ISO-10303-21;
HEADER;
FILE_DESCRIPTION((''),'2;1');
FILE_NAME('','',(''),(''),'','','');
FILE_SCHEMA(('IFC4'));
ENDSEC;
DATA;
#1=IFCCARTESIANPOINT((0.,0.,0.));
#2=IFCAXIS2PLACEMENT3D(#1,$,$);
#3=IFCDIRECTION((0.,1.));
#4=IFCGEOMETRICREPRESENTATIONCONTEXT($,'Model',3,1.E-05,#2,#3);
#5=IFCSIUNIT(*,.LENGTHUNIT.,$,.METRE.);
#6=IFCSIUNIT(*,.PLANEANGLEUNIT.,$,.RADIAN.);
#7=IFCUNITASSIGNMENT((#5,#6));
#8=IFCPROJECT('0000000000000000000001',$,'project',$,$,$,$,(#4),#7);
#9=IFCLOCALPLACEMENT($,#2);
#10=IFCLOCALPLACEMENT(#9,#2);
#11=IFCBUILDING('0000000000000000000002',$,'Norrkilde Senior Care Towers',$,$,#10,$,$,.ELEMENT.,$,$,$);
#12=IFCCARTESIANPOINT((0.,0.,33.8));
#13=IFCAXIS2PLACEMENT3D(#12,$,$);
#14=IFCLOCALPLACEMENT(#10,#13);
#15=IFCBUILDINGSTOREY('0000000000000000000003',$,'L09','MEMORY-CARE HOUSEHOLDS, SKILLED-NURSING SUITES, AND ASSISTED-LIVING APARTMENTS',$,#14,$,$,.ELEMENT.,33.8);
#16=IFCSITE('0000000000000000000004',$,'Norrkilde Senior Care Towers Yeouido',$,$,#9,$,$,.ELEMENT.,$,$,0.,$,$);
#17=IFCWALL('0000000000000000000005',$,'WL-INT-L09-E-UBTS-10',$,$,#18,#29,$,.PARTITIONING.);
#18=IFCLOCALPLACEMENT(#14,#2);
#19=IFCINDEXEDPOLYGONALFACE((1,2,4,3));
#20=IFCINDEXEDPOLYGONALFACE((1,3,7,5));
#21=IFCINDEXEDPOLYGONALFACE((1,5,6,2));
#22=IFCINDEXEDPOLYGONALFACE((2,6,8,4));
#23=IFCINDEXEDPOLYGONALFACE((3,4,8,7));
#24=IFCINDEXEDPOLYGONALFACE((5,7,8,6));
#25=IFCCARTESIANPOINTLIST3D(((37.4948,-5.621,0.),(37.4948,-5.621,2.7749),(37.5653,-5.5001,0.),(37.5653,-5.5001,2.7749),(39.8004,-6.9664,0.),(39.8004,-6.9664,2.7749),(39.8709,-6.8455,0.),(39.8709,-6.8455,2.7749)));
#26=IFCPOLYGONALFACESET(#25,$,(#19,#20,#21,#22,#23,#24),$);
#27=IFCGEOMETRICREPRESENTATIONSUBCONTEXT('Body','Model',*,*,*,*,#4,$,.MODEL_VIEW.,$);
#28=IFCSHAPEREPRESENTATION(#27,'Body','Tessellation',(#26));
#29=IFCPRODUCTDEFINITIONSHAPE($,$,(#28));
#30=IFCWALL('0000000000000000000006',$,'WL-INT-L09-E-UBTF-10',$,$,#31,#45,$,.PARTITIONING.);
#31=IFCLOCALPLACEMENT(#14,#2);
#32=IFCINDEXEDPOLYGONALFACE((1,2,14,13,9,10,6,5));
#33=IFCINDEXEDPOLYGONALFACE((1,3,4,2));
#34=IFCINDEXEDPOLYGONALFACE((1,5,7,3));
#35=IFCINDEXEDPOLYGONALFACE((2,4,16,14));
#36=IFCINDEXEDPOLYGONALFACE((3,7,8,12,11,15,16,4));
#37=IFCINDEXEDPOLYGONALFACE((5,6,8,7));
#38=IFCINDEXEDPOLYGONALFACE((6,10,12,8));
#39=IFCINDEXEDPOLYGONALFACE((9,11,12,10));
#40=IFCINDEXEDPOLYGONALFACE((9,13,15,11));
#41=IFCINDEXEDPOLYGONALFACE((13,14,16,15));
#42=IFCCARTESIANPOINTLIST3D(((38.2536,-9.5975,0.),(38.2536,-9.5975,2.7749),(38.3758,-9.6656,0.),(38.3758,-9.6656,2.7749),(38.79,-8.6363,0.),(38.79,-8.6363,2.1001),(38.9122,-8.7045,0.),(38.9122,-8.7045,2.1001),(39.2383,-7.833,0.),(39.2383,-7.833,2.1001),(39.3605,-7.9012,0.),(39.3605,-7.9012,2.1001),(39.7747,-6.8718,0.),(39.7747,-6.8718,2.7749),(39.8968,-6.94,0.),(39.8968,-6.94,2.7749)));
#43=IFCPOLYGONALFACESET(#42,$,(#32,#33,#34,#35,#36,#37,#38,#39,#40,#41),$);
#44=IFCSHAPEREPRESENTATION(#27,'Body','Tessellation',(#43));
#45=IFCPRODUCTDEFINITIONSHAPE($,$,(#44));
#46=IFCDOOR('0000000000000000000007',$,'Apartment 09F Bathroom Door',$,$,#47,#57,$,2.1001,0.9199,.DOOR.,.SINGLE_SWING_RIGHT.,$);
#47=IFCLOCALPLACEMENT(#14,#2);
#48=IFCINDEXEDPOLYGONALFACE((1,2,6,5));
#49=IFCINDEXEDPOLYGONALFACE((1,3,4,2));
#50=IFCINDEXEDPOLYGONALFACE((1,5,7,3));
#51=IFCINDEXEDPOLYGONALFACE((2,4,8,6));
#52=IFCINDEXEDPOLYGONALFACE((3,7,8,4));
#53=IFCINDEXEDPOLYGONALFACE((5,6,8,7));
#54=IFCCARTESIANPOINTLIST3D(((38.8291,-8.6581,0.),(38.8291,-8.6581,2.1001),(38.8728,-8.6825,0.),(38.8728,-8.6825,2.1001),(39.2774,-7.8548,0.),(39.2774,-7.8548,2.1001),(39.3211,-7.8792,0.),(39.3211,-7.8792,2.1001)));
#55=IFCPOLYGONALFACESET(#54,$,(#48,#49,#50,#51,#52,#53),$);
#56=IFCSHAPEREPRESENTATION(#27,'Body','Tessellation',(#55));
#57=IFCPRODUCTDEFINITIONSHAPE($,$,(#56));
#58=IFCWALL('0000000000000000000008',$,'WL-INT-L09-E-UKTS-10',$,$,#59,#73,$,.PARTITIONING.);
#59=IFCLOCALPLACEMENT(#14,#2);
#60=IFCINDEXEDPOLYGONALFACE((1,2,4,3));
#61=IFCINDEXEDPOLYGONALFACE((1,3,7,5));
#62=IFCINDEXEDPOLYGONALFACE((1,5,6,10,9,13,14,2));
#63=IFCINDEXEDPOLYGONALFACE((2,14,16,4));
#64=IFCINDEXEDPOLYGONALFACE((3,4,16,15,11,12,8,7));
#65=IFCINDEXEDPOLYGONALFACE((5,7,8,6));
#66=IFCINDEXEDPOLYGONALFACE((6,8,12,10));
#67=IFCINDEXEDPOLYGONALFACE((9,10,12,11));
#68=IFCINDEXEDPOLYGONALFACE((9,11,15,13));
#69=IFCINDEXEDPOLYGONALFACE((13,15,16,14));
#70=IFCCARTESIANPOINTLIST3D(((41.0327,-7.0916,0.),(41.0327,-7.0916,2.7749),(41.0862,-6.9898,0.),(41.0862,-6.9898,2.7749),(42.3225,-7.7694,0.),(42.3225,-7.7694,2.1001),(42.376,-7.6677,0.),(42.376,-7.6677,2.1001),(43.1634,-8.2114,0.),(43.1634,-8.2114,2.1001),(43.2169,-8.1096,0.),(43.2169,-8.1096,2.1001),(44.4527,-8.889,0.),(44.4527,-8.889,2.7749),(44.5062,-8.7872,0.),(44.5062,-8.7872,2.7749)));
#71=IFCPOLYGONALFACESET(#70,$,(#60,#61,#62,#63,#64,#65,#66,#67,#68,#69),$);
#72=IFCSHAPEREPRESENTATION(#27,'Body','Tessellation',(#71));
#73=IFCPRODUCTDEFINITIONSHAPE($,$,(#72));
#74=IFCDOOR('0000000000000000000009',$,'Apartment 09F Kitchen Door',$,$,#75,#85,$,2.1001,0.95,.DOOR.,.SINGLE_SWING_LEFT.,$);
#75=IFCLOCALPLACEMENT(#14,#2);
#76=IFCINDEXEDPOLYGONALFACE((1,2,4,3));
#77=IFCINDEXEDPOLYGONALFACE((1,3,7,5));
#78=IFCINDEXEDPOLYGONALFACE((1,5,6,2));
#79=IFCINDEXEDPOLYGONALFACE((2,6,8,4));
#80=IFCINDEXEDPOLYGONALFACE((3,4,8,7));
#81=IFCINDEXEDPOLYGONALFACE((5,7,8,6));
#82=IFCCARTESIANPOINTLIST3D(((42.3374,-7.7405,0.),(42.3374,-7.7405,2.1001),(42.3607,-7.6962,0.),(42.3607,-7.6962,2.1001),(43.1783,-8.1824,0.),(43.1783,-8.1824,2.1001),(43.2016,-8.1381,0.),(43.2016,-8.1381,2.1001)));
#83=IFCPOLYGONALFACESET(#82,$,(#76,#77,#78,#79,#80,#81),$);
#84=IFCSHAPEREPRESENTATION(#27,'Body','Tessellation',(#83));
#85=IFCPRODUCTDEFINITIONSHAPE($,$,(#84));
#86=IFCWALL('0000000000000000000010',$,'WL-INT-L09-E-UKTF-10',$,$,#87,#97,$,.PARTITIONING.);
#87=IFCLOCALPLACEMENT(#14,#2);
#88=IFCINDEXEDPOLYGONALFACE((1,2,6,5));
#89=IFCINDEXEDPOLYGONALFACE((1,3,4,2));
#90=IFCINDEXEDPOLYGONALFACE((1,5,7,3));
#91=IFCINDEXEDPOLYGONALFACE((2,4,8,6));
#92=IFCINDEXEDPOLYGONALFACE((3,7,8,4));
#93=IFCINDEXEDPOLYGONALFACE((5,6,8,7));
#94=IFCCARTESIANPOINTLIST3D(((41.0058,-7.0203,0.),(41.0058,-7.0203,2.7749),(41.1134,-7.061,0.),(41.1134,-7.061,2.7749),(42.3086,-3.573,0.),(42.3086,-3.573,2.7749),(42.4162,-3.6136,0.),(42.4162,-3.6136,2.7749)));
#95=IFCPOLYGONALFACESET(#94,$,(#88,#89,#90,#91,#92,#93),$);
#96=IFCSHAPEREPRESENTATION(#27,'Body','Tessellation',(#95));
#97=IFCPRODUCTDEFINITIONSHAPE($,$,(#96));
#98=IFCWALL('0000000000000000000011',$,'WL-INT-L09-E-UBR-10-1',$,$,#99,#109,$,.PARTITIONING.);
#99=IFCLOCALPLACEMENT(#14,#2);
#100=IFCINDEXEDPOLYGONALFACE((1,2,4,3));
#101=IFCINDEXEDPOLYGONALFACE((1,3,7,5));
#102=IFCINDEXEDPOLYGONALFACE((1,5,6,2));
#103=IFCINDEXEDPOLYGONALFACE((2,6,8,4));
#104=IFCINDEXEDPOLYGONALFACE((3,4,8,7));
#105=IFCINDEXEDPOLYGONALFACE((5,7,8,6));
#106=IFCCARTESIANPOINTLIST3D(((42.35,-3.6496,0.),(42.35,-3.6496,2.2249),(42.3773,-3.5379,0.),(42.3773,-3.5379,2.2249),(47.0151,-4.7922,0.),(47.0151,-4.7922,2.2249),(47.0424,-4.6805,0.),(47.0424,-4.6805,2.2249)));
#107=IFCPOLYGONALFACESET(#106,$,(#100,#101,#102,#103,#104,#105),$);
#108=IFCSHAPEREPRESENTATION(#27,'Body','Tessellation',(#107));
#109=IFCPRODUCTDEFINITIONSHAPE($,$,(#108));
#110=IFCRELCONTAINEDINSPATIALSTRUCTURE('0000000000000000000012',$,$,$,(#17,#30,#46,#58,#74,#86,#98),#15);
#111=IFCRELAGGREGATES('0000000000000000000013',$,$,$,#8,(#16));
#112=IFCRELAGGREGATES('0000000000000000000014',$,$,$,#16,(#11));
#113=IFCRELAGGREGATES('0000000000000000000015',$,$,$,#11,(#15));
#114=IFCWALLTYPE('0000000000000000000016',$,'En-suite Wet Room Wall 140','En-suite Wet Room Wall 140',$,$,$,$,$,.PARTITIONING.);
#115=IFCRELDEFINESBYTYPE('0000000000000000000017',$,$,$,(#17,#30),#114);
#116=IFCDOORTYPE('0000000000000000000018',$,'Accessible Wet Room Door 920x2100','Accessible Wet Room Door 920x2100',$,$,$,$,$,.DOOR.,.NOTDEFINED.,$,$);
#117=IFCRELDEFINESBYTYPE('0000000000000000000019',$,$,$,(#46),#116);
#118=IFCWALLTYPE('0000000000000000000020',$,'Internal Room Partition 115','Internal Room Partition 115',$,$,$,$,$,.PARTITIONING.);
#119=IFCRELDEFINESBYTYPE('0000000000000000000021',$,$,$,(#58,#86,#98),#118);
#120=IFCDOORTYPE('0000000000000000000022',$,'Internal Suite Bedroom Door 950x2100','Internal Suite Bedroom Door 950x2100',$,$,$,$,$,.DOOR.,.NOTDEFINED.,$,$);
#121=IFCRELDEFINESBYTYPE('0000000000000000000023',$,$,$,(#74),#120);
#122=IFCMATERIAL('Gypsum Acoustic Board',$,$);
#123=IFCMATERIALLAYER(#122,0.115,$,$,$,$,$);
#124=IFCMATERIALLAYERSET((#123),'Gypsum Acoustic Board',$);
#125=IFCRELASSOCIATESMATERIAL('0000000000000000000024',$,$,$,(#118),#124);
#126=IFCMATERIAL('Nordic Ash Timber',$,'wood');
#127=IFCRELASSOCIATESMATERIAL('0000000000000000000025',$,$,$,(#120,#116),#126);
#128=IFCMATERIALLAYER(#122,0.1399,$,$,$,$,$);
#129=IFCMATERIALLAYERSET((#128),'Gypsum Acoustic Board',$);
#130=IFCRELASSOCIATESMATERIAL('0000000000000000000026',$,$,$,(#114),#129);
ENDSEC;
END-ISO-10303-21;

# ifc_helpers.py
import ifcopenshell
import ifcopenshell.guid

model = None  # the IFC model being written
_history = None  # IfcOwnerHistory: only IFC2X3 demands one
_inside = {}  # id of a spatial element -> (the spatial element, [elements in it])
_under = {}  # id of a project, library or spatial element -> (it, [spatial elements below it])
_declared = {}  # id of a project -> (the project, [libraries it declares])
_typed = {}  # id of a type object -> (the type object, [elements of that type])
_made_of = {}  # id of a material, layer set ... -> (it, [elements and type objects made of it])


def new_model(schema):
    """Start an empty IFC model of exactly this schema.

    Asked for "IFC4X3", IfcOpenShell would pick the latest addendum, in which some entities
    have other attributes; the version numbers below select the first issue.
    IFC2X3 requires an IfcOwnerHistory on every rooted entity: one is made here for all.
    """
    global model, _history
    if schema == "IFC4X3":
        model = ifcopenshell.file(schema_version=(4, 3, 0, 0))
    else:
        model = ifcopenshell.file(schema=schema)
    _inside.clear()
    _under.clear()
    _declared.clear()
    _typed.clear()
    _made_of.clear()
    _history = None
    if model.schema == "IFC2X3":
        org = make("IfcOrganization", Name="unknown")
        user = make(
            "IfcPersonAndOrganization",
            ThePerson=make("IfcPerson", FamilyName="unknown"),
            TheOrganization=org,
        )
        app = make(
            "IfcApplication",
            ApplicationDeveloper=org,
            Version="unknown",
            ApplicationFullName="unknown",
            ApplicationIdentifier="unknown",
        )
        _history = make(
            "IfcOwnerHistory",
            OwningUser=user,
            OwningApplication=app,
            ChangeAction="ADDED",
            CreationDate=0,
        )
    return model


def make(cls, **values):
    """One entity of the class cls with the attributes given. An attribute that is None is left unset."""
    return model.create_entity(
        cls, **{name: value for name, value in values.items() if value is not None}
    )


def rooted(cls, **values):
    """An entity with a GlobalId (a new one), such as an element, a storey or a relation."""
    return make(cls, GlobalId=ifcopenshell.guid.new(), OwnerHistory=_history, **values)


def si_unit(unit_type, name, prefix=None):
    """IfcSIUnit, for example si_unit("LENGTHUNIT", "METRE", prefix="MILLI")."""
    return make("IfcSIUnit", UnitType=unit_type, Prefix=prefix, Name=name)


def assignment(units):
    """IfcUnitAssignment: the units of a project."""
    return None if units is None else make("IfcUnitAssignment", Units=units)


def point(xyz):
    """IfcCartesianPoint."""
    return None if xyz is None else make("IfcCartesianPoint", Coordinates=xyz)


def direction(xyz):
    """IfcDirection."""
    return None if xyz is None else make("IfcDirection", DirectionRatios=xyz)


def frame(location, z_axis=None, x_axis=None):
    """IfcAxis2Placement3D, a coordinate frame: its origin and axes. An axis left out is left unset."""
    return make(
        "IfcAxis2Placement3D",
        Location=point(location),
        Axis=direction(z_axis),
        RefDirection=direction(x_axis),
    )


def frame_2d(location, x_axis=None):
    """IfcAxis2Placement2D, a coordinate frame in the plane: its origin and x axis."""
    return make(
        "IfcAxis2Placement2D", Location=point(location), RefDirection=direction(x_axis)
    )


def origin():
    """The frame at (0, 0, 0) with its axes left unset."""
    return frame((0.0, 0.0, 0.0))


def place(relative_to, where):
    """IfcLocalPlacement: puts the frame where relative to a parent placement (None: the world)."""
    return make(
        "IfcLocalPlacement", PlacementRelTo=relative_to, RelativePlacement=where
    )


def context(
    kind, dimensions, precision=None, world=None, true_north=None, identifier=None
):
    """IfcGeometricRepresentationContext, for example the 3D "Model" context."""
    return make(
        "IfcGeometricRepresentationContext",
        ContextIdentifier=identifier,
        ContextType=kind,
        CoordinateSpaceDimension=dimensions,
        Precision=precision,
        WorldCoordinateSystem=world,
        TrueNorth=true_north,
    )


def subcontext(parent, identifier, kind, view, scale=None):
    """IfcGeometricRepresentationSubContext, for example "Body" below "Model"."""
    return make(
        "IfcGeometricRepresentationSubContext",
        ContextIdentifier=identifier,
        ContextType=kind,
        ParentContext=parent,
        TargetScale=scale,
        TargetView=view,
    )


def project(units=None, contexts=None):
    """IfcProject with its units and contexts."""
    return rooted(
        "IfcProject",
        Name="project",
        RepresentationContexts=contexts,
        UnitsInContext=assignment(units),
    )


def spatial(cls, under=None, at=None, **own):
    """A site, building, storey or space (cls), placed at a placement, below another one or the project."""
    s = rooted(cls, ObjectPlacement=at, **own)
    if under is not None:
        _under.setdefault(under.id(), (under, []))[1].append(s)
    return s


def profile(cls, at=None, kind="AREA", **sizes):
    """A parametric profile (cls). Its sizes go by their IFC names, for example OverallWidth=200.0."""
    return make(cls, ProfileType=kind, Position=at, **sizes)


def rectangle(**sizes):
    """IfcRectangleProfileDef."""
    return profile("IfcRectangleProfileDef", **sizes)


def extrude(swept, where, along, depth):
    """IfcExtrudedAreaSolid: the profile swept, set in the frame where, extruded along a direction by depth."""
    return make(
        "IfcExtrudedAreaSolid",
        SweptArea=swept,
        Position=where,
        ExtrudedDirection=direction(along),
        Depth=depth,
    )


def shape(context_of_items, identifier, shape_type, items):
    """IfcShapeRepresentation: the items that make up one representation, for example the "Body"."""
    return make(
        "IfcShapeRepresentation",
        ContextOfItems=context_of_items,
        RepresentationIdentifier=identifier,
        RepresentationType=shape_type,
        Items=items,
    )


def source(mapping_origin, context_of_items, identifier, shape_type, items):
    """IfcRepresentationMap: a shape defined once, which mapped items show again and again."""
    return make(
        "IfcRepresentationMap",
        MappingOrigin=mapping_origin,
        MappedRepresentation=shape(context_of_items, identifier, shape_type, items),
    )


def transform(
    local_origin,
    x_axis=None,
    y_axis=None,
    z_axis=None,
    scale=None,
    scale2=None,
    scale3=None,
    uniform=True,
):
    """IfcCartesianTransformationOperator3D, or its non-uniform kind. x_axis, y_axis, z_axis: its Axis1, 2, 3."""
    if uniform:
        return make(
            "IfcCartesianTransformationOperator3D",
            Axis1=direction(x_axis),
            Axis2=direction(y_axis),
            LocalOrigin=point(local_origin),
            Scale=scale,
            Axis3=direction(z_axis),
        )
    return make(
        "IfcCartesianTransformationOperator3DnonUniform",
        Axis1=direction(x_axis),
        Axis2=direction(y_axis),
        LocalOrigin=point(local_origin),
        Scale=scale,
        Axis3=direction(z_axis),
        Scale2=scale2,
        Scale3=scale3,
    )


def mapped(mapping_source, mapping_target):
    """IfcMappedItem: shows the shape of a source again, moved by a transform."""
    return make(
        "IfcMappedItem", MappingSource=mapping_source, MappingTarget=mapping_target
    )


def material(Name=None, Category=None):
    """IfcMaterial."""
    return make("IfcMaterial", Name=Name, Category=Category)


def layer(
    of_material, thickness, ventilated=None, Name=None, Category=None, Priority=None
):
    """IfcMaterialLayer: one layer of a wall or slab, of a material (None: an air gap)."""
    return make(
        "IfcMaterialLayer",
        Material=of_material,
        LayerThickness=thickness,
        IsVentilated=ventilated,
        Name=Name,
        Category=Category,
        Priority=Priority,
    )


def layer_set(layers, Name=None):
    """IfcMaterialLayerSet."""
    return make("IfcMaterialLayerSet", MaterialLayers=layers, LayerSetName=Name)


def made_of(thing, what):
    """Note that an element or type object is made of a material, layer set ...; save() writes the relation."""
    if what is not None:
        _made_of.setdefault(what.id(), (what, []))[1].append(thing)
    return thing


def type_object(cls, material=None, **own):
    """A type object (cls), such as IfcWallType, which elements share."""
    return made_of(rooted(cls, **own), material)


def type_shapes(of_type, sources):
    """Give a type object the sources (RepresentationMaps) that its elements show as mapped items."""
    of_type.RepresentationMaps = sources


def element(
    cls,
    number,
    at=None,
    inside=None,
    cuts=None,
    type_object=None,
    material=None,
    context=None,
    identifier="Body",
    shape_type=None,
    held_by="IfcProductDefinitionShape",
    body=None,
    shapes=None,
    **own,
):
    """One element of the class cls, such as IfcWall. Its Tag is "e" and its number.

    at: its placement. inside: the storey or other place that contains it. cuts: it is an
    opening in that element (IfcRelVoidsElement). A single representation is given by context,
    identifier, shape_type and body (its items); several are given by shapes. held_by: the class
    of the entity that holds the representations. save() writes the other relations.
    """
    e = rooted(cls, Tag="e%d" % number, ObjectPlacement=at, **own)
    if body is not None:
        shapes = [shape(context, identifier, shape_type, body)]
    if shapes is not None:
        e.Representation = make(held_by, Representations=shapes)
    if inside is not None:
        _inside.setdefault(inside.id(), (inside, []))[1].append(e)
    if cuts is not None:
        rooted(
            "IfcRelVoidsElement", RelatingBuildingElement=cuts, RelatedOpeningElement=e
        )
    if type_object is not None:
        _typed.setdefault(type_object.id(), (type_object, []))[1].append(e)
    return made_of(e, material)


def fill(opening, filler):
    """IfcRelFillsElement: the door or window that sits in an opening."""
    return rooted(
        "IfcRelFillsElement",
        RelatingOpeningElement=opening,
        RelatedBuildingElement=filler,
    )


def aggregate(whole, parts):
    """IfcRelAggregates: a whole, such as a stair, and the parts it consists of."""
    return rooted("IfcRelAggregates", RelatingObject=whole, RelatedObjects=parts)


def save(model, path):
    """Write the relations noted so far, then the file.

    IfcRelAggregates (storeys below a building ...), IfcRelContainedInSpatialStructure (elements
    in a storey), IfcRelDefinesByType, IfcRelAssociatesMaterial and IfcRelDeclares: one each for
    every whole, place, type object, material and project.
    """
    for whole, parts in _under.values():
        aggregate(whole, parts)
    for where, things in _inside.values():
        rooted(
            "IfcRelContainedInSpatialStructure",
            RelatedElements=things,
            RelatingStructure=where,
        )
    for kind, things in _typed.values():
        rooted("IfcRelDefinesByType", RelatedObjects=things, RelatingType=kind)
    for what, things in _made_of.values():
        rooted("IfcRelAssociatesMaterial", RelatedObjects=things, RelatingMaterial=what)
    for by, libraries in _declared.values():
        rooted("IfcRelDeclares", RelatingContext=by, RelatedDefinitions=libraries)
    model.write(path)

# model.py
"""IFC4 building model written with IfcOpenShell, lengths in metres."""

from ifc_helpers import new_model, si_unit, direction, frame, frame_2d, origin, place, context, subcontext, project, spatial, rectangle, extrude, source, transform, mapped, material, layer, layer_set, type_object, type_shapes, element, fill, save


model = new_model("IFC4")

# Units and contexts
model_context = context("Model", 3, precision=1e-05, world=origin(), true_north=direction((0.0, 1.0)))
body_context = subcontext(model_context, "Body", "Model", "MODEL_VIEW")
ifc_project = project(units=[si_unit("LENGTHUNIT", "METRE"), si_unit("PLANEANGLEUNIT", "RADIAN")], contexts=[model_context])

# Site, building, storey
site_placement = place(None, origin())
site = spatial("IfcSite", under=ifc_project, at=site_placement, Name="Norrkilde Senior Care Towers Yeouido", CompositionType="ELEMENT", RefElevation=0.0)
building_placement = place(site_placement, origin())
building = spatial("IfcBuilding", under=site, at=building_placement, Name="Norrkilde Senior Care Towers", CompositionType="ELEMENT")
storey_placement = place(building_placement, frame((0.0, 0.0, 33.8)))
storey = spatial("IfcBuildingStorey", under=building, at=storey_placement, Name="L09", Description="MEMORY-CARE HOUSEHOLDS, SKILLED-NURSING SUITES, AND ASSISTED-LIVING APARTMENTS", CompositionType="ELEMENT", Elevation=33.8)

# Shared definitions
ifc_material_1 = material(Name="Gypsum Acoustic Board")
ifc_material_2 = material(Name="Nordic Ash Timber", Category="wood")

# Shared definitions
ifc_layer_1 = layer(ifc_material_1, 0.115)
ifc_layer_set_1 = layer_set([ifc_layer_1], Name="Gypsum Acoustic Board")
wall_type_1 = type_object("IfcWallType", Name="Internal Room Partition 115", Description="Internal Room Partition 115", PredefinedType="PARTITIONING", material=ifc_layer_set_1)
door_type_1 = type_object("IfcDoorType", Name="Internal Suite Bedroom Door 950x2100", Description="Internal Suite Bedroom Door 950x2100", OperationType="NOTDEFINED", PredefinedType="DOOR", material=ifc_material_2)
shared_shape_1 = source(origin(), body_context, "Body", "SweptSolid", [
    extrude(rectangle(XDim=0.95, YDim=2.1001, at=frame_2d((0.4751, 1.05))), frame((0.0, 0.0249, 0.0), z_axis=(0.0, -1.0, 0.0), x_axis=(1.0, 0.0, 0.0)), (0.0, 0.0, 1.0), 0.05),
])
type_shapes(door_type_1, [shared_shape_1])

# Wall
ifc_layer_2 = layer(ifc_material_1, 0.1399)
ifc_layer_set_2 = layer_set([ifc_layer_2], Name="Gypsum Acoustic Board")
wall_type_2 = type_object("IfcWallType", Name="En-suite Wet Room Wall 140", Description="En-suite Wet Room Wall 140", PredefinedType="PARTITIONING", material=ifc_layer_set_2)
shared_shape_2 = source(origin(), body_context, "Body", "SweptSolid", [
    extrude(rectangle(XDim=2.6694, YDim=0.1399, at=frame_2d((1.3347, 0.0))), origin(), (0.0, 0.0, 1.0), 2.7749),
])
wall_1_placement = place(storey_placement, frame((37.53, -5.5605, 0.0), z_axis=(0.0, 0.0, 1.0), x_axis=(0.863699, -0.504007, 0.0)))
element("IfcWall", 1, at=wall_1_placement, inside=storey, type_object=wall_type_2, Name="WL-INT-L09-E-UBTS-10", PredefinedType="PARTITIONING", context=body_context, shape_type="MappedRepresentation", body=[
    mapped(shared_shape_2, transform((0.0, 0.0, 0.0), x_axis=(1.0, 0.0, 0.0), y_axis=(0.0, 1.0, 0.0), z_axis=(0.0, 0.0, 1.0), scale=1.0)),
])

# Walls, openings, doors
shared_shape_3 = source(origin(), body_context, "Body", "SweptSolid", [
    extrude(rectangle(XDim=3.1213, YDim=0.1399, at=frame_2d((1.5605, 0.0))), origin(), (0.0, 0.0, 1.0), 2.7749),
])
type_shapes(wall_type_2, [shared_shape_2, shared_shape_3])
wall_2_placement = place(storey_placement, frame((39.8357, -6.906, 0.0), z_axis=(0.0, 0.0, 1.0), x_axis=(-0.487302, -0.873233, 0.0)))
wall_2 = element("IfcWall", 2, at=wall_2_placement, inside=storey, type_object=wall_type_2, Name="WL-INT-L09-E-UBTF-10", PredefinedType="PARTITIONING", context=body_context, shape_type="MappedRepresentation", body=[
    mapped(shared_shape_3, transform((0.0, 0.0, 0.0), x_axis=(1.0, 0.0, 0.0), y_axis=(0.0, 1.0, 0.0), z_axis=(0.0, 0.0, 1.0), scale=1.0)),
])
opening_1_placement = place(wall_2_placement, frame((1.1006, 0.0, 0.0)))
opening_1 = element("IfcOpeningElement", 3, at=opening_1_placement, cuts=wall_2, PredefinedType="OPENING", context=body_context, shape_type="SweptSolid", body=[
    extrude(rectangle(XDim=0.9199, YDim=2.1001, at=frame_2d((0.46, 1.05))), frame((0.0, 0.0798, 0.0), z_axis=(0.0, -1.0, 0.0), x_axis=(1.0, 0.0, 0.0)), (0.0, 0.0, 1.0), 0.1599),
])
door_type_2 = type_object("IfcDoorType", Name="Accessible Wet Room Door 920x2100", Description="Accessible Wet Room Door 920x2100", OperationType="NOTDEFINED", PredefinedType="DOOR", material=ifc_material_2)
shared_shape_4 = source(origin(), body_context, "Body", "SweptSolid", [
    extrude(rectangle(XDim=0.9199, YDim=2.1001, at=frame_2d((0.46, 1.05))), frame((0.0, 0.0249, 0.0), z_axis=(0.0, -1.0, 0.0), x_axis=(1.0, 0.0, 0.0)), (0.0, 0.0, 1.0), 0.05),
])
type_shapes(door_type_2, [shared_shape_4])
door_1_placement = place(opening_1_placement, origin())
door_1 = element("IfcDoor", 4, at=door_1_placement, inside=storey, type_object=door_type_2, Name="Apartment 09F Bathroom Door", OperationType="SINGLE_SWING_RIGHT", OverallHeight=2.1001, OverallWidth=0.9199, PredefinedType="DOOR", context=body_context, shape_type="MappedRepresentation", body=[
    mapped(shared_shape_4, transform((0.0, 0.0, 0.0), x_axis=(1.0, 0.0, 0.0), y_axis=(0.0, 1.0, 0.0), z_axis=(0.0, 0.0, 1.0), scale=1.0)),
])
fill(opening_1, door_1)
shared_shape_5 = source(origin(), body_context, "Body", "SweptSolid", [
    extrude(rectangle(XDim=3.8635, YDim=0.115, at=frame_2d((1.9316, 0.0))), origin(), (0.0, 0.0, 1.0), 2.7749),
])
wall_3_placement = place(storey_placement, frame((41.0596, -7.0408, 0.0), z_axis=(0.0, 0.0, 1.0), x_axis=(0.885195, -0.46522, 0.0)))
wall_3 = element("IfcWall", 5, at=wall_3_placement, inside=storey, type_object=wall_type_1, Name="WL-INT-L09-E-UKTS-10", PredefinedType="PARTITIONING", context=body_context, shape_type="MappedRepresentation", body=[
    mapped(shared_shape_5, transform((0.0, 0.0, 0.0), x_axis=(1.0, 0.0, 0.0), y_axis=(0.0, 1.0, 0.0), z_axis=(0.0, 0.0, 1.0), scale=1.0)),
])
opening_2_placement = place(wall_3_placement, frame((1.4568, 0.0, 0.0)))
opening_2 = element("IfcOpeningElement", 6, at=opening_2_placement, cuts=wall_3, PredefinedType="OPENING", context=body_context, shape_type="SweptSolid", body=[
    extrude(rectangle(XDim=0.95, YDim=2.1001, at=frame_2d((0.4751, 1.05))), frame((0.0, 0.0674, 0.0), z_axis=(0.0, -1.0, 0.0), x_axis=(1.0, 0.0, 0.0)), (0.0, 0.0, 1.0), 0.135),
])
door_2_placement = place(opening_2_placement, frame((0.95, 0.0, 0.0), z_axis=(0.0, 0.0, 1.0), x_axis=(-1.0, 0.0, 0.0)))
door_2 = element("IfcDoor", 7, at=door_2_placement, inside=storey, type_object=door_type_1, Name="Apartment 09F Kitchen Door", OperationType="SINGLE_SWING_LEFT", OverallHeight=2.1001, OverallWidth=0.95, PredefinedType="DOOR", context=body_context, shape_type="MappedRepresentation", body=[
    mapped(shared_shape_1, transform((0.0, 0.0, 0.0), x_axis=(1.0, 0.0, 0.0), y_axis=(0.0, 1.0, 0.0), z_axis=(0.0, 0.0, 1.0), scale=1.0)),
])
fill(opening_2, door_2)

# Walls
shared_shape_6 = source(origin(), body_context, "Body", "SweptSolid", [
    extrude(rectangle(XDim=3.6853, YDim=0.115, at=frame_2d((1.8428, 0.0))), origin(), (0.0, 0.0, 1.0), 2.7749),
])
wall_4_placement = place(storey_placement, frame((41.0596, -7.0408, 0.0), z_axis=(0.0, 0.0, 1.0), x_axis=(0.353504, 0.935433, 0.0)))
element("IfcWall", 8, at=wall_4_placement, inside=storey, type_object=wall_type_1, Name="WL-INT-L09-E-UKTF-10", PredefinedType="PARTITIONING", context=body_context, shape_type="MappedRepresentation", body=[
    mapped(shared_shape_6, transform((0.0, 0.0, 0.0), x_axis=(1.0, 0.0, 0.0), y_axis=(0.0, 1.0, 0.0), z_axis=(0.0, 0.0, 1.0), scale=1.0)),
])
shared_shape_7 = source(origin(), body_context, "Body", "SweptSolid", [
    extrude(rectangle(XDim=4.803, YDim=0.115, at=frame_2d((2.4014, 0.0))), origin(), (0.0, 0.0, 1.0), 2.2249),
])
wall_5_placement = place(storey_placement, frame((42.3638, -3.5938, 0.0), z_axis=(0.0, 0.0, 1.0), x_axis=(0.971292, -0.237892, 0.0)))
element("IfcWall", 9, at=wall_5_placement, inside=storey, type_object=wall_type_1, Name="WL-INT-L09-E-UBR-10-1", PredefinedType="PARTITIONING", context=body_context, shape_type="MappedRepresentation", body=[
    mapped(shared_shape_7, transform((0.0, 0.0, 0.0), x_axis=(1.0, 0.0, 0.0), y_axis=(0.0, 1.0, 0.0), z_axis=(0.0, 0.0, 1.0), scale=1.0)),
])

save(model, "model.ifc")
